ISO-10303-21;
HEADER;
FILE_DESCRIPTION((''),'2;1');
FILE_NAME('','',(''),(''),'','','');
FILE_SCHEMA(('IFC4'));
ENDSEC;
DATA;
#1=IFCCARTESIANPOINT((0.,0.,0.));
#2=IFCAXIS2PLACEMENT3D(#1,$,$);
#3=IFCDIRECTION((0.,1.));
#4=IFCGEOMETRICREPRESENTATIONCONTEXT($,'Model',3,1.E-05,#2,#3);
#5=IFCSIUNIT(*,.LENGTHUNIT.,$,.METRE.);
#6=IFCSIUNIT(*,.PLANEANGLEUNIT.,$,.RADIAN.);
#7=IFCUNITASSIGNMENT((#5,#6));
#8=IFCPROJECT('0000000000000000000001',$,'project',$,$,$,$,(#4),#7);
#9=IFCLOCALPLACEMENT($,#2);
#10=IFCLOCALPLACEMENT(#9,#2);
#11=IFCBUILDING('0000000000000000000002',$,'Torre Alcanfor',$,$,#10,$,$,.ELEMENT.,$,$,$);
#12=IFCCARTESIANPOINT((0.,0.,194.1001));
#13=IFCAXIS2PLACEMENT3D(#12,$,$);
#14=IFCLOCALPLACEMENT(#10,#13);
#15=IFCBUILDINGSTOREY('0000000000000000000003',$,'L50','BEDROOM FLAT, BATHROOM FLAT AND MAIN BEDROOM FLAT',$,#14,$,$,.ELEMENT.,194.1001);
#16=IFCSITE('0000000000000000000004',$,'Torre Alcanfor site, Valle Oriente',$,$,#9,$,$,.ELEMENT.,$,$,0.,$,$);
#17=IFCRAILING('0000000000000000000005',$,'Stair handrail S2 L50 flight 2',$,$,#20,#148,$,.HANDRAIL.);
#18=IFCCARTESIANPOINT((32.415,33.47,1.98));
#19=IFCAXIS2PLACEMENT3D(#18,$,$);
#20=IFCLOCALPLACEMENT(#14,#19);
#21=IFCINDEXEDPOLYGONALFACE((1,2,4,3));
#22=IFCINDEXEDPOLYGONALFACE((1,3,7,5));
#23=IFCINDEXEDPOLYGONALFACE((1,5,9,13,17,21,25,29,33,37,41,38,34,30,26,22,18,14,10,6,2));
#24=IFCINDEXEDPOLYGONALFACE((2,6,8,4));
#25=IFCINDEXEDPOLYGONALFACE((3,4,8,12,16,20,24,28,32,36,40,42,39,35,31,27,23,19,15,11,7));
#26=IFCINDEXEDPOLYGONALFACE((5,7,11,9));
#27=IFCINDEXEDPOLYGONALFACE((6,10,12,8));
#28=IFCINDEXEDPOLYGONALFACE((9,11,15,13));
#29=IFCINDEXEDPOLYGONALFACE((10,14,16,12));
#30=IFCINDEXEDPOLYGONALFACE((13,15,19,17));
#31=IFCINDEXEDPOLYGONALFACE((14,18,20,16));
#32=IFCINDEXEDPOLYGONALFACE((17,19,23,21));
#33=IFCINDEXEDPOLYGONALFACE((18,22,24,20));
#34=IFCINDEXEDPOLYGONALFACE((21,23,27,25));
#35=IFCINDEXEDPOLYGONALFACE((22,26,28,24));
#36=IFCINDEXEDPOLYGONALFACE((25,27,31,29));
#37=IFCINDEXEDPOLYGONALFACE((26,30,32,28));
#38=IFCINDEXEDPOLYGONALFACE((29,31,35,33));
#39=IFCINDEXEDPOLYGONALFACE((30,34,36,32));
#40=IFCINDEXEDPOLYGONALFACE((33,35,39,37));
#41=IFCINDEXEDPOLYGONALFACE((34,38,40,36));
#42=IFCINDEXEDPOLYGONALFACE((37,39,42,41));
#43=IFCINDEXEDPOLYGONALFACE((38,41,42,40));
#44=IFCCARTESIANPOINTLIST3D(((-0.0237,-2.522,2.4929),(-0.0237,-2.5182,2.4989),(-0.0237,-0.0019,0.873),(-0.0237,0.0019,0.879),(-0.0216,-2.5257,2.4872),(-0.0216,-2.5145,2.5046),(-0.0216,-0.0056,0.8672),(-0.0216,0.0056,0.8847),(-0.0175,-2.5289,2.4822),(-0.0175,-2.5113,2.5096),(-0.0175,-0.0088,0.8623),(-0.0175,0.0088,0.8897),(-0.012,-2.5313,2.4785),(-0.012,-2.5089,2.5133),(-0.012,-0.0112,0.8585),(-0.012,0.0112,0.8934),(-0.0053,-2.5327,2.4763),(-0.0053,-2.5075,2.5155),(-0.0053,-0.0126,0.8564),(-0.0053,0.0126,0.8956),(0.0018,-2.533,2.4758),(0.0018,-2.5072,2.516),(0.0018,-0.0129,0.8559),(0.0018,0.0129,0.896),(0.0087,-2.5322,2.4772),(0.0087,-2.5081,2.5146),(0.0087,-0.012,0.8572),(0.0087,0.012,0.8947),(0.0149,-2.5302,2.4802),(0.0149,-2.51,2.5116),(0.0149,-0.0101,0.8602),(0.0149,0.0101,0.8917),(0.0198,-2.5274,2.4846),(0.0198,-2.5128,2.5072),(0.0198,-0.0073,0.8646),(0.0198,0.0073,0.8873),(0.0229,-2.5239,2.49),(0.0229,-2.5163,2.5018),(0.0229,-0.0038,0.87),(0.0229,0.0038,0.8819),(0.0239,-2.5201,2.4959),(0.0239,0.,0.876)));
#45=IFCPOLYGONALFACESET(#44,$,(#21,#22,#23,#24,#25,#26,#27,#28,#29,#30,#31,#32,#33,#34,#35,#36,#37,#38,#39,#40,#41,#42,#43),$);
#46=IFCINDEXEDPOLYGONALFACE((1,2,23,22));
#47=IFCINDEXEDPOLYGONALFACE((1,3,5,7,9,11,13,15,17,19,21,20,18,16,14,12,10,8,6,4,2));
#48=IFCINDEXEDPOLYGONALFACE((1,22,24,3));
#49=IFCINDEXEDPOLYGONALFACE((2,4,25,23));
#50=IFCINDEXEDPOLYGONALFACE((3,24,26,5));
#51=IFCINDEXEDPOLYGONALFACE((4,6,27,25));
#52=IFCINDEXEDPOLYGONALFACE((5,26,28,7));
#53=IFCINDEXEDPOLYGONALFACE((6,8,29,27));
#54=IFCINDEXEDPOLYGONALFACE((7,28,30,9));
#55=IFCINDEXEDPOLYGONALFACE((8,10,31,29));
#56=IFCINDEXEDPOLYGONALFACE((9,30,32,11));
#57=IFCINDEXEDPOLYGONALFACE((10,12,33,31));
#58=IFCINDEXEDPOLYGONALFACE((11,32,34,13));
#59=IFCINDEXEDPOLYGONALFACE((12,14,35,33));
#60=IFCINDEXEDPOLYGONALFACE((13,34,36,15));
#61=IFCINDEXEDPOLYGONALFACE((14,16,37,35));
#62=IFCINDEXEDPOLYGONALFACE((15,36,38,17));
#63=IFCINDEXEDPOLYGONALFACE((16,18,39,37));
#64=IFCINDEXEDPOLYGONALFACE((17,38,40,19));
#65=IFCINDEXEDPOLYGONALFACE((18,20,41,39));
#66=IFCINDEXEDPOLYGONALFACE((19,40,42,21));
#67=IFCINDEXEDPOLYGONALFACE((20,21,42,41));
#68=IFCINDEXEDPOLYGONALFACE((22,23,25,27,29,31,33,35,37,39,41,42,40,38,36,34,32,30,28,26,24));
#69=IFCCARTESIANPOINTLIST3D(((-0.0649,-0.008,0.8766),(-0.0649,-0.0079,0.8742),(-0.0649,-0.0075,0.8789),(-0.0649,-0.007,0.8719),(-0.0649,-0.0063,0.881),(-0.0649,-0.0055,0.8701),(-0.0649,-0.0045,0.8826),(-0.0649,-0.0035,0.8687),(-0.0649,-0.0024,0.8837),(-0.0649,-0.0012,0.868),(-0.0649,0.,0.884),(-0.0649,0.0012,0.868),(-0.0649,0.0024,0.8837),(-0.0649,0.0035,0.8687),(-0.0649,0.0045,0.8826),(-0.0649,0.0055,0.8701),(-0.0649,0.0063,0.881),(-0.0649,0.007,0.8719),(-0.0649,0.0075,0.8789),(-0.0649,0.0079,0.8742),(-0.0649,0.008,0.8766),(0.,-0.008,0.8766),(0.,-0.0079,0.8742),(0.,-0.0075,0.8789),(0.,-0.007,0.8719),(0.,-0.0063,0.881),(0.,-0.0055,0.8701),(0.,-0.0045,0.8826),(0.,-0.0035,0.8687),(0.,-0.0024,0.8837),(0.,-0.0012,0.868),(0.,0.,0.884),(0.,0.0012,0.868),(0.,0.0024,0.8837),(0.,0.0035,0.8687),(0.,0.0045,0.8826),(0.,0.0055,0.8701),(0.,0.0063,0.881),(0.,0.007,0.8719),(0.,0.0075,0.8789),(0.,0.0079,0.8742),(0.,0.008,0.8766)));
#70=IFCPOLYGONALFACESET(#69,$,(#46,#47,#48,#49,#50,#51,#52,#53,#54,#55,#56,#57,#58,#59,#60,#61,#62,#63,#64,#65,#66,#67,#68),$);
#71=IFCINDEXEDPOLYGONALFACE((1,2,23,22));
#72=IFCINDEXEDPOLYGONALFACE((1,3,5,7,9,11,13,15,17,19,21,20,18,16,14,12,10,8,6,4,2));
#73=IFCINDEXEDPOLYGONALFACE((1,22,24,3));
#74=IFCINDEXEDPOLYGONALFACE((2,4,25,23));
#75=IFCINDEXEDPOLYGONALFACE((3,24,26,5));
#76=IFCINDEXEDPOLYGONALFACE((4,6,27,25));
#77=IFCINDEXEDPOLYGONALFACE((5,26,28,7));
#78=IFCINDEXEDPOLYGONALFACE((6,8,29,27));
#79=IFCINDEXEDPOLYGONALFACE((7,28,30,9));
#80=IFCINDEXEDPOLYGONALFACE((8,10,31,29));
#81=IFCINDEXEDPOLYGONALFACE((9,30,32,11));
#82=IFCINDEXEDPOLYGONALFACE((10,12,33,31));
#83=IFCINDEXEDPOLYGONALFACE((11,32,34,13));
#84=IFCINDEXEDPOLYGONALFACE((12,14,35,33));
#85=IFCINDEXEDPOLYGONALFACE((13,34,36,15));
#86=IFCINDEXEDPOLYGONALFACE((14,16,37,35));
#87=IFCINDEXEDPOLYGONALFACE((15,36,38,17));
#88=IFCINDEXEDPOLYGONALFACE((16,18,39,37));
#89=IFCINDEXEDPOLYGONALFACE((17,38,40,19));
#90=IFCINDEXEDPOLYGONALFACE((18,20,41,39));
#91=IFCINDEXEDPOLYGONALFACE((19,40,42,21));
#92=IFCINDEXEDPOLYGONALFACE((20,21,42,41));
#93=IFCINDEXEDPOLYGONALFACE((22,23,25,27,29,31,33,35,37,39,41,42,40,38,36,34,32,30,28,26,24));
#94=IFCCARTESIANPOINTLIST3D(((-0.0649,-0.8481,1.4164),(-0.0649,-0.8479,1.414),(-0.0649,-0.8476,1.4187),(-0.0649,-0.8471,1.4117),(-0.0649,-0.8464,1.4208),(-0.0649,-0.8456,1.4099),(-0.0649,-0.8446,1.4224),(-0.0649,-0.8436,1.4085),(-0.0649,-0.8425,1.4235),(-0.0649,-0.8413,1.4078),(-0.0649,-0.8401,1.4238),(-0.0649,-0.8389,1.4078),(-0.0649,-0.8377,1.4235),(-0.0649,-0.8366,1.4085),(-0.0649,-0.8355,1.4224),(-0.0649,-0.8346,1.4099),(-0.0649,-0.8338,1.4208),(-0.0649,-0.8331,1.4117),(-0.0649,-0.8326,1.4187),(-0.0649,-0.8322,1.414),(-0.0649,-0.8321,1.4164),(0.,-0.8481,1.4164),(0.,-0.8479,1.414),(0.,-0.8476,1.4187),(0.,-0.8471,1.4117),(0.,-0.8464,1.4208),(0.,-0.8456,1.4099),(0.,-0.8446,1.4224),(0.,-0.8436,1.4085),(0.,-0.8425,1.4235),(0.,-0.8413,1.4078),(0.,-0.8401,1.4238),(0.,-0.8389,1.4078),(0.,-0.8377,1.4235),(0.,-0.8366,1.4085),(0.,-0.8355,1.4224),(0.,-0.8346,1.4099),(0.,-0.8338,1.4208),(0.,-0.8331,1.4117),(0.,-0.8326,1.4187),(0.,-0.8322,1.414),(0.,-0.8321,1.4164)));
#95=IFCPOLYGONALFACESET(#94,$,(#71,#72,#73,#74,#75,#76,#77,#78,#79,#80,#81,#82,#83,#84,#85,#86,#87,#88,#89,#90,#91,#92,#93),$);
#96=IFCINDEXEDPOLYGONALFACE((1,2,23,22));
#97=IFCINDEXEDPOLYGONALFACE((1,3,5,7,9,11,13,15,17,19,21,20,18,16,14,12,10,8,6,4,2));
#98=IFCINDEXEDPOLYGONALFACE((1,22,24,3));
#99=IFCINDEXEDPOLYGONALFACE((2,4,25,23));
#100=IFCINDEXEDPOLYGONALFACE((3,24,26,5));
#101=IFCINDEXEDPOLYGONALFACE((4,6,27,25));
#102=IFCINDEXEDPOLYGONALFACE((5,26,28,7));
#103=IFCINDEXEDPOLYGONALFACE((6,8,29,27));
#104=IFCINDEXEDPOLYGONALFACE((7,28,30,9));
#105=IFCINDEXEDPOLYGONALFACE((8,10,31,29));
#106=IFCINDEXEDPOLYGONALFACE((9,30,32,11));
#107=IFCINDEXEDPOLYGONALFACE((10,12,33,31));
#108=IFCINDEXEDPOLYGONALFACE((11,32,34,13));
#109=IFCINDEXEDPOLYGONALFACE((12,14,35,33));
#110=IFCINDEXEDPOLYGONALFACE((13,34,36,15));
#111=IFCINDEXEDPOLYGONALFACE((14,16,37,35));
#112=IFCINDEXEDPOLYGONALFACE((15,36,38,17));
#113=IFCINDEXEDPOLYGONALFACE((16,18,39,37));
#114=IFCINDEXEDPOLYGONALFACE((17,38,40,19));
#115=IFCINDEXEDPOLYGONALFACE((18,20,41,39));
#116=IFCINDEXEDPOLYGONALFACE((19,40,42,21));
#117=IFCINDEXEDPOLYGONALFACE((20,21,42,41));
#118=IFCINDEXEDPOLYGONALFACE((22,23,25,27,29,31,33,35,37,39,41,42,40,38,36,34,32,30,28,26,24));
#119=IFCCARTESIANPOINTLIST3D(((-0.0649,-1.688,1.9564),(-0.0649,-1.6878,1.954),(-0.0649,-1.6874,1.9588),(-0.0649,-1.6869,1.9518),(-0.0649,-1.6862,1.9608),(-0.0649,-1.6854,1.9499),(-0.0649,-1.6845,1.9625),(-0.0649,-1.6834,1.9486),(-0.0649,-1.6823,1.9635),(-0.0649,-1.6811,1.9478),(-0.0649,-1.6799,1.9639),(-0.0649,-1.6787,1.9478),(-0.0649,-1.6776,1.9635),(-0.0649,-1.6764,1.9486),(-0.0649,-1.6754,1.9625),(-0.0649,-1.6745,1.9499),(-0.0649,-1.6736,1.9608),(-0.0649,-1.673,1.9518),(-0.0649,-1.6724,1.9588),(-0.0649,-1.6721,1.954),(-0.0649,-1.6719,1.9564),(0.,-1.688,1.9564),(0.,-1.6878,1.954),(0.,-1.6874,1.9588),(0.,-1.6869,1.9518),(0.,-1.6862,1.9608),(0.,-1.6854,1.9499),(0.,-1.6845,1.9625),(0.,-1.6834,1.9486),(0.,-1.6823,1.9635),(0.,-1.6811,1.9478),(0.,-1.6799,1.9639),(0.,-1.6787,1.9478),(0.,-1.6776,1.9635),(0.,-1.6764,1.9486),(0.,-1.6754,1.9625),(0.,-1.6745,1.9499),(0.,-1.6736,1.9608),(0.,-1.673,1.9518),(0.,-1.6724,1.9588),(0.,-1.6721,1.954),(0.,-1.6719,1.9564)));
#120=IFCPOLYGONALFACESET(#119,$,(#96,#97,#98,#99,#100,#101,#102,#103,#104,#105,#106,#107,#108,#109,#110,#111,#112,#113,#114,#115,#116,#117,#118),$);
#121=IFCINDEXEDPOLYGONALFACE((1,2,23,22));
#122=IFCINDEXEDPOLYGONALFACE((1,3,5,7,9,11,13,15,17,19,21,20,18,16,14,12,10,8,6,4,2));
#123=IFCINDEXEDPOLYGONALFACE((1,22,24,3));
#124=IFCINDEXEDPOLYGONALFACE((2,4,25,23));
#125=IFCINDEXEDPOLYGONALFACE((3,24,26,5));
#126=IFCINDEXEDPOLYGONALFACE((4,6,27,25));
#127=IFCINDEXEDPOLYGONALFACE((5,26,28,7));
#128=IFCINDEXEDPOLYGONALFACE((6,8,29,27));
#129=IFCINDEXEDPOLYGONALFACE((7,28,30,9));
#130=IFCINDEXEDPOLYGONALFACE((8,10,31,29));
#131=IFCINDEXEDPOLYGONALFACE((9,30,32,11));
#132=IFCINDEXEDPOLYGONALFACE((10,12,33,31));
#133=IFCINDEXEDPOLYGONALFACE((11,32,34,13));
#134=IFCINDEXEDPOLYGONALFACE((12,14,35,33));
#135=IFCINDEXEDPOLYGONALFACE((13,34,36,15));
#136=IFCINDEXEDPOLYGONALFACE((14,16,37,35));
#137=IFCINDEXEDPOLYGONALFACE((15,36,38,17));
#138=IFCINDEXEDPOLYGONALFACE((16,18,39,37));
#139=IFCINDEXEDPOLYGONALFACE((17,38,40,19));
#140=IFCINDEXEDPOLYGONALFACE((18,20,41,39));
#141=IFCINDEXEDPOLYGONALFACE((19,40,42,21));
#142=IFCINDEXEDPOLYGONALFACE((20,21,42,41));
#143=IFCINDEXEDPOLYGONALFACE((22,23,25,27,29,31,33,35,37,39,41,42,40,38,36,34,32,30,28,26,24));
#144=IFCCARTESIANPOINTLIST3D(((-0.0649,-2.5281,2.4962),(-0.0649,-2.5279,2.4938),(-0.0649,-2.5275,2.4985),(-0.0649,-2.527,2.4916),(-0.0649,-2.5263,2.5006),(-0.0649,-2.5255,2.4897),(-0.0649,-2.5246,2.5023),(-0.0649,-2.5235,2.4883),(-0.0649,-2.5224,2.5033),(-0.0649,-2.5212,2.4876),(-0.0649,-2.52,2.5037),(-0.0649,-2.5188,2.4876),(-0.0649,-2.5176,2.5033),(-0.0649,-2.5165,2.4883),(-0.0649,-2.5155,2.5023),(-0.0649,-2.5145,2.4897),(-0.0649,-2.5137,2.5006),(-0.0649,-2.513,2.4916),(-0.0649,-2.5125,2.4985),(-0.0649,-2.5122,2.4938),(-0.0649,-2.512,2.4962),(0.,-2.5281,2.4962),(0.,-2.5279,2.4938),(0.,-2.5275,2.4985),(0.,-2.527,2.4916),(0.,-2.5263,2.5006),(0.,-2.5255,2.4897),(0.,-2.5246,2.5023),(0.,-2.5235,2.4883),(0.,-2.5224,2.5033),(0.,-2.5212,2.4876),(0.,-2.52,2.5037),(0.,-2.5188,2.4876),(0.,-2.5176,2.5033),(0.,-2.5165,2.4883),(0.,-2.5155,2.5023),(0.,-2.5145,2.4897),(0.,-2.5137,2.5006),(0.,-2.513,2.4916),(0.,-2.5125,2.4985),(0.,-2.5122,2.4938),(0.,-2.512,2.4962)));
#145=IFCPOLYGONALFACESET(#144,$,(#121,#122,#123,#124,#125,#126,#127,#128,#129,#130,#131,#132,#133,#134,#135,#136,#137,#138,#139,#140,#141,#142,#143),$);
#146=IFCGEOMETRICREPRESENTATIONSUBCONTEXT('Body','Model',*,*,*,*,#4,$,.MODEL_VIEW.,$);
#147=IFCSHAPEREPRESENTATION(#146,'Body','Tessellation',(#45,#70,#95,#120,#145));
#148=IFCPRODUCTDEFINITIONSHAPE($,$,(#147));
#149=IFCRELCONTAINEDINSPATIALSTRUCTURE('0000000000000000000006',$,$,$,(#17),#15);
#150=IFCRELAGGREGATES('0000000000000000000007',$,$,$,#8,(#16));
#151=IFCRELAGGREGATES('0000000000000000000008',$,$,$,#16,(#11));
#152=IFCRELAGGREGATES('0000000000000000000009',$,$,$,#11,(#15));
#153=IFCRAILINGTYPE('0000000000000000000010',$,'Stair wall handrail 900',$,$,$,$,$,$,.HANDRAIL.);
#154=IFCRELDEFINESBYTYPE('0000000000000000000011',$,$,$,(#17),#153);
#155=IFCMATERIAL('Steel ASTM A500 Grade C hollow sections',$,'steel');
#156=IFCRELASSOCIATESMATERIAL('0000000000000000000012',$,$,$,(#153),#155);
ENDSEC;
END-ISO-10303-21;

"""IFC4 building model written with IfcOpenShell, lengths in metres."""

from ifc_helpers import new_model, si_unit, direction, frame, origin, origin_2d, place, context, subcontext, project, spatial, circle, extrude, material, type_object, element, save


model = new_model("IFC4")

# Units and contexts
model_context = context("Model", 3, precision=1e-05, world=origin(), true_north=direction((0.0, 1.0)))
body_context = subcontext(model_context, "Body", "Model", "MODEL_VIEW")
ifc_project = project(units=[si_unit("LENGTHUNIT", "METRE"), si_unit("PLANEANGLEUNIT", "RADIAN")], contexts=[model_context])

# Site, building, storey
site_placement = place(None, origin())
site = spatial("IfcSite", under=ifc_project, at=site_placement, Name="Torre Alcanfor site, Valle Oriente", CompositionType="ELEMENT", RefElevation=0.0)
building_placement = place(site_placement, origin())
building = spatial("IfcBuilding", under=site, at=building_placement, Name="Torre Alcanfor", CompositionType="ELEMENT")
storey_placement = place(building_placement, frame((0.0, 0.0, 194.1001)))
storey = spatial("IfcBuildingStorey", under=building, at=storey_placement, Name="L50", Description="BEDROOM FLAT, BATHROOM FLAT AND MAIN BEDROOM FLAT", CompositionType="ELEMENT", Elevation=194.1001)

# Railing
ifc_material_1 = material(Name="Steel ASTM A500 Grade C hollow sections", Category="steel")
railing_type_1 = type_object("IfcRailingType", Name="Stair wall handrail 900", PredefinedType="HANDRAIL", material=ifc_material_1)
railing_1_placement = place(storey_placement, frame((32.415, 33.47, 1.98)))
element("IfcRailing", 1, at=railing_1_placement, inside=storey, type_object=railing_type_1, Name="Stair handrail S2 L50 flight 2", PredefinedType="HANDRAIL", context=body_context, shape_type="SweptSolid", body=[
    extrude(circle(Radius=0.0239, at=origin_2d()), frame((0.0, 0.0, 0.876), z_axis=(0.0, -0.8412, 0.540725), x_axis=(1.0, 0.0, 0.0)), (0.0, 0.0, 1.0), 2.9958),
    extrude(circle(Radius=0.0081, at=origin_2d()), frame((0.0, 0.0, 0.876), z_axis=(-1.0, 0.0, 0.0), x_axis=(0.0, 0.0, 1.0)), (0.0, 0.0, 1.0), 0.0649),
    extrude(circle(Radius=0.0081, at=origin_2d()), frame((0.0, -0.8401, 1.4158), z_axis=(-1.0, 0.0, 0.0), x_axis=(0.0, 0.0, 1.0)), (0.0, 0.0, 1.0), 0.0649),
    extrude(circle(Radius=0.0081, at=origin_2d()), frame((0.0, -1.6799, 1.9558), z_axis=(-1.0, 0.0, 0.0), x_axis=(0.0, 0.0, 1.0)), (0.0, 0.0, 1.0), 0.0649),
    extrude(circle(Radius=0.0081, at=origin_2d()), frame((0.0, -2.52, 2.4956), z_axis=(-1.0, 0.0, 0.0), x_axis=(0.0, 0.0, 1.0)), (0.0, 0.0, 1.0), 0.0649),
])

save(model, "model.ifc")
